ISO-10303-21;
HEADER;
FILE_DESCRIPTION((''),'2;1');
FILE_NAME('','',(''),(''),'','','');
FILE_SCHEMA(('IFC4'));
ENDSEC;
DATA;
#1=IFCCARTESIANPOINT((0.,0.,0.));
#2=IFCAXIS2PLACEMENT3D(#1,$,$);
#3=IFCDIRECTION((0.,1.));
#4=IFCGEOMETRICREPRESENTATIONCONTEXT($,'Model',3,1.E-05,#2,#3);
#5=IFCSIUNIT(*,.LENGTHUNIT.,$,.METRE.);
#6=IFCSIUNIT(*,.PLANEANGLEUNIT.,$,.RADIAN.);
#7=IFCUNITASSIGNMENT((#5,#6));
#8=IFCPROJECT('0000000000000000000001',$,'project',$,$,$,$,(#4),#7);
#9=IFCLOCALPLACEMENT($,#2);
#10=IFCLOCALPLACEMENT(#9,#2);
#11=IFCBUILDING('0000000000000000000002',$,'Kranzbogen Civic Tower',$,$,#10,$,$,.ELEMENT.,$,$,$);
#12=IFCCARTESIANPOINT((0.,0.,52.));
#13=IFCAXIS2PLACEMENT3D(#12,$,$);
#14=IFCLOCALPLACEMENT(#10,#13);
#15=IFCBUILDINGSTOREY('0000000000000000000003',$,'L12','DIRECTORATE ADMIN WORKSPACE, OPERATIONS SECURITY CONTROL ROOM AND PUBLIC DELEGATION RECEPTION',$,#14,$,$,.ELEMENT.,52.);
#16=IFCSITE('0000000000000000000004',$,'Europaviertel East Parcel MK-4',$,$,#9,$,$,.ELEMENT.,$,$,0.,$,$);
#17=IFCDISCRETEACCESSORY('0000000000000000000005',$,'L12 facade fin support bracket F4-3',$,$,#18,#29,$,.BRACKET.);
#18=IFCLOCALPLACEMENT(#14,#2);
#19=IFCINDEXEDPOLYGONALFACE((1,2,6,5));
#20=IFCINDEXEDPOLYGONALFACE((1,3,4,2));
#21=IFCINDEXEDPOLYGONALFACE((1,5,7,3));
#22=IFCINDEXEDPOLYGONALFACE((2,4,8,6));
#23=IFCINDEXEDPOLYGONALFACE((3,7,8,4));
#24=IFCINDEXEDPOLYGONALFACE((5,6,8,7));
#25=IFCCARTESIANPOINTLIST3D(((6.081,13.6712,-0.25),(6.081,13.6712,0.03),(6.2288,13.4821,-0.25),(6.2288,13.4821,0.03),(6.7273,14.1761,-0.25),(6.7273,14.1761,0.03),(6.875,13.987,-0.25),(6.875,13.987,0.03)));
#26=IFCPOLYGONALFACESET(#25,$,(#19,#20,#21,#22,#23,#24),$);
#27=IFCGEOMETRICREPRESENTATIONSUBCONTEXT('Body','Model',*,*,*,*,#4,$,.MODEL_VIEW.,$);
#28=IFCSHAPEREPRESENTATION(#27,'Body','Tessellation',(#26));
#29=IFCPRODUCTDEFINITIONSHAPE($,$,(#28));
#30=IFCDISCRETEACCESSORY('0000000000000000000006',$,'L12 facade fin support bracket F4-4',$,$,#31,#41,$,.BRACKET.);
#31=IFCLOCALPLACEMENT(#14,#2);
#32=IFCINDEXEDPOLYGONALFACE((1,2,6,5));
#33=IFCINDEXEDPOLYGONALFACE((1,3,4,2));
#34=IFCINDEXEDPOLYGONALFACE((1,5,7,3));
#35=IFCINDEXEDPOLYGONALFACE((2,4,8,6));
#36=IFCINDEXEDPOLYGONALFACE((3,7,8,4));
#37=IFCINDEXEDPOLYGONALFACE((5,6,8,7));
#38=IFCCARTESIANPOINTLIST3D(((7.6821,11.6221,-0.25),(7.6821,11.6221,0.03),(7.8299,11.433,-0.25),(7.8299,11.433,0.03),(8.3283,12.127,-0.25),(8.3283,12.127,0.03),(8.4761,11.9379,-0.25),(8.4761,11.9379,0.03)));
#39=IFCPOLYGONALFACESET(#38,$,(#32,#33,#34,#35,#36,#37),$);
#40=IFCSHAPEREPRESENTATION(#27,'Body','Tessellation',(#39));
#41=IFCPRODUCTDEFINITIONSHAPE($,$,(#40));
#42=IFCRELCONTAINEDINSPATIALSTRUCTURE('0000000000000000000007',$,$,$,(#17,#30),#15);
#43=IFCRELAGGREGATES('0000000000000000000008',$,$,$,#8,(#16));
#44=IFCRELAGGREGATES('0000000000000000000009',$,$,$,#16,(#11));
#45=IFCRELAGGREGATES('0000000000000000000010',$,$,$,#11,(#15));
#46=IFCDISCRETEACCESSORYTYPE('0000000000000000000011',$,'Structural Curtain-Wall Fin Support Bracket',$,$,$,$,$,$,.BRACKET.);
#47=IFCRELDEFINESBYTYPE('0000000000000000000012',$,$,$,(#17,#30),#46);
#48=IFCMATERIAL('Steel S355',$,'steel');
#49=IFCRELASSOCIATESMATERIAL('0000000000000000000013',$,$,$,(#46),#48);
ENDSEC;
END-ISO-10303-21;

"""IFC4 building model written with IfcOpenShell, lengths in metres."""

from ifc_helpers import new_model, si_unit, direction, frame, origin, origin_2d, place, context, subcontext, project, spatial, rectangle, extrude, material, type_object, element, save


model = new_model("IFC4")

# Units and contexts
model_context = context("Model", 3, precision=1e-05, world=origin(), true_north=direction((0.0, 1.0)))
body_context = subcontext(model_context, "Body", "Model", "MODEL_VIEW")
ifc_project = project(units=[si_unit("LENGTHUNIT", "METRE"), si_unit("PLANEANGLEUNIT", "RADIAN")], contexts=[model_context])

# Site, building, storey
site_placement = place(None, origin())
site = spatial("IfcSite", under=ifc_project, at=site_placement, Name="Europaviertel East Parcel MK-4", CompositionType="ELEMENT", RefElevation=0.0)
building_placement = place(site_placement, origin())
building = spatial("IfcBuilding", under=site, at=building_placement, Name="Kranzbogen Civic Tower", CompositionType="ELEMENT")
storey_placement = place(building_placement, frame((0.0, 0.0, 52.0)))
storey = spatial("IfcBuildingStorey", under=building, at=storey_placement, Name="L12", Description="DIRECTORATE ADMIN WORKSPACE, OPERATIONS SECURITY CONTROL ROOM AND PUBLIC DELEGATION RECEPTION", CompositionType="ELEMENT", Elevation=52.0)

# Shared definitions
ifc_material_1 = material(Name="Steel S355", Category="steel")

# Discrete accessories
discrete_accessory_type = type_object("IfcDiscreteAccessoryType", Name="Structural Curtain-Wall Fin Support Bracket", PredefinedType="BRACKET", material=ifc_material_1)
for number, where, z_axis, x_axis, name in (
    (1, (6.478, 13.8291, -0.25), (0.0, 0.0, 1.0), (-0.788011, -0.615661, 0.0), "L12 facade fin support bracket F4-3"),
    (2, (8.0791, 11.78, -0.25), (0.0, 0.0, 1.0), (-0.788011, -0.615661, 0.0), "L12 facade fin support bracket F4-4"),
):
    element("IfcDiscreteAccessory", number, at=place(storey_placement, frame(where, z_axis=z_axis, x_axis=x_axis)), inside=storey, type_object=discrete_accessory_type, Name=name, PredefinedType="BRACKET", context=body_context, shape_type="SweptSolid", body=[
        extrude(rectangle(XDim=0.8201, YDim=0.24, at=origin_2d()), origin(), (0.0, 0.0, 1.0), 0.28),
    ])

save(model, "model.ifc")
